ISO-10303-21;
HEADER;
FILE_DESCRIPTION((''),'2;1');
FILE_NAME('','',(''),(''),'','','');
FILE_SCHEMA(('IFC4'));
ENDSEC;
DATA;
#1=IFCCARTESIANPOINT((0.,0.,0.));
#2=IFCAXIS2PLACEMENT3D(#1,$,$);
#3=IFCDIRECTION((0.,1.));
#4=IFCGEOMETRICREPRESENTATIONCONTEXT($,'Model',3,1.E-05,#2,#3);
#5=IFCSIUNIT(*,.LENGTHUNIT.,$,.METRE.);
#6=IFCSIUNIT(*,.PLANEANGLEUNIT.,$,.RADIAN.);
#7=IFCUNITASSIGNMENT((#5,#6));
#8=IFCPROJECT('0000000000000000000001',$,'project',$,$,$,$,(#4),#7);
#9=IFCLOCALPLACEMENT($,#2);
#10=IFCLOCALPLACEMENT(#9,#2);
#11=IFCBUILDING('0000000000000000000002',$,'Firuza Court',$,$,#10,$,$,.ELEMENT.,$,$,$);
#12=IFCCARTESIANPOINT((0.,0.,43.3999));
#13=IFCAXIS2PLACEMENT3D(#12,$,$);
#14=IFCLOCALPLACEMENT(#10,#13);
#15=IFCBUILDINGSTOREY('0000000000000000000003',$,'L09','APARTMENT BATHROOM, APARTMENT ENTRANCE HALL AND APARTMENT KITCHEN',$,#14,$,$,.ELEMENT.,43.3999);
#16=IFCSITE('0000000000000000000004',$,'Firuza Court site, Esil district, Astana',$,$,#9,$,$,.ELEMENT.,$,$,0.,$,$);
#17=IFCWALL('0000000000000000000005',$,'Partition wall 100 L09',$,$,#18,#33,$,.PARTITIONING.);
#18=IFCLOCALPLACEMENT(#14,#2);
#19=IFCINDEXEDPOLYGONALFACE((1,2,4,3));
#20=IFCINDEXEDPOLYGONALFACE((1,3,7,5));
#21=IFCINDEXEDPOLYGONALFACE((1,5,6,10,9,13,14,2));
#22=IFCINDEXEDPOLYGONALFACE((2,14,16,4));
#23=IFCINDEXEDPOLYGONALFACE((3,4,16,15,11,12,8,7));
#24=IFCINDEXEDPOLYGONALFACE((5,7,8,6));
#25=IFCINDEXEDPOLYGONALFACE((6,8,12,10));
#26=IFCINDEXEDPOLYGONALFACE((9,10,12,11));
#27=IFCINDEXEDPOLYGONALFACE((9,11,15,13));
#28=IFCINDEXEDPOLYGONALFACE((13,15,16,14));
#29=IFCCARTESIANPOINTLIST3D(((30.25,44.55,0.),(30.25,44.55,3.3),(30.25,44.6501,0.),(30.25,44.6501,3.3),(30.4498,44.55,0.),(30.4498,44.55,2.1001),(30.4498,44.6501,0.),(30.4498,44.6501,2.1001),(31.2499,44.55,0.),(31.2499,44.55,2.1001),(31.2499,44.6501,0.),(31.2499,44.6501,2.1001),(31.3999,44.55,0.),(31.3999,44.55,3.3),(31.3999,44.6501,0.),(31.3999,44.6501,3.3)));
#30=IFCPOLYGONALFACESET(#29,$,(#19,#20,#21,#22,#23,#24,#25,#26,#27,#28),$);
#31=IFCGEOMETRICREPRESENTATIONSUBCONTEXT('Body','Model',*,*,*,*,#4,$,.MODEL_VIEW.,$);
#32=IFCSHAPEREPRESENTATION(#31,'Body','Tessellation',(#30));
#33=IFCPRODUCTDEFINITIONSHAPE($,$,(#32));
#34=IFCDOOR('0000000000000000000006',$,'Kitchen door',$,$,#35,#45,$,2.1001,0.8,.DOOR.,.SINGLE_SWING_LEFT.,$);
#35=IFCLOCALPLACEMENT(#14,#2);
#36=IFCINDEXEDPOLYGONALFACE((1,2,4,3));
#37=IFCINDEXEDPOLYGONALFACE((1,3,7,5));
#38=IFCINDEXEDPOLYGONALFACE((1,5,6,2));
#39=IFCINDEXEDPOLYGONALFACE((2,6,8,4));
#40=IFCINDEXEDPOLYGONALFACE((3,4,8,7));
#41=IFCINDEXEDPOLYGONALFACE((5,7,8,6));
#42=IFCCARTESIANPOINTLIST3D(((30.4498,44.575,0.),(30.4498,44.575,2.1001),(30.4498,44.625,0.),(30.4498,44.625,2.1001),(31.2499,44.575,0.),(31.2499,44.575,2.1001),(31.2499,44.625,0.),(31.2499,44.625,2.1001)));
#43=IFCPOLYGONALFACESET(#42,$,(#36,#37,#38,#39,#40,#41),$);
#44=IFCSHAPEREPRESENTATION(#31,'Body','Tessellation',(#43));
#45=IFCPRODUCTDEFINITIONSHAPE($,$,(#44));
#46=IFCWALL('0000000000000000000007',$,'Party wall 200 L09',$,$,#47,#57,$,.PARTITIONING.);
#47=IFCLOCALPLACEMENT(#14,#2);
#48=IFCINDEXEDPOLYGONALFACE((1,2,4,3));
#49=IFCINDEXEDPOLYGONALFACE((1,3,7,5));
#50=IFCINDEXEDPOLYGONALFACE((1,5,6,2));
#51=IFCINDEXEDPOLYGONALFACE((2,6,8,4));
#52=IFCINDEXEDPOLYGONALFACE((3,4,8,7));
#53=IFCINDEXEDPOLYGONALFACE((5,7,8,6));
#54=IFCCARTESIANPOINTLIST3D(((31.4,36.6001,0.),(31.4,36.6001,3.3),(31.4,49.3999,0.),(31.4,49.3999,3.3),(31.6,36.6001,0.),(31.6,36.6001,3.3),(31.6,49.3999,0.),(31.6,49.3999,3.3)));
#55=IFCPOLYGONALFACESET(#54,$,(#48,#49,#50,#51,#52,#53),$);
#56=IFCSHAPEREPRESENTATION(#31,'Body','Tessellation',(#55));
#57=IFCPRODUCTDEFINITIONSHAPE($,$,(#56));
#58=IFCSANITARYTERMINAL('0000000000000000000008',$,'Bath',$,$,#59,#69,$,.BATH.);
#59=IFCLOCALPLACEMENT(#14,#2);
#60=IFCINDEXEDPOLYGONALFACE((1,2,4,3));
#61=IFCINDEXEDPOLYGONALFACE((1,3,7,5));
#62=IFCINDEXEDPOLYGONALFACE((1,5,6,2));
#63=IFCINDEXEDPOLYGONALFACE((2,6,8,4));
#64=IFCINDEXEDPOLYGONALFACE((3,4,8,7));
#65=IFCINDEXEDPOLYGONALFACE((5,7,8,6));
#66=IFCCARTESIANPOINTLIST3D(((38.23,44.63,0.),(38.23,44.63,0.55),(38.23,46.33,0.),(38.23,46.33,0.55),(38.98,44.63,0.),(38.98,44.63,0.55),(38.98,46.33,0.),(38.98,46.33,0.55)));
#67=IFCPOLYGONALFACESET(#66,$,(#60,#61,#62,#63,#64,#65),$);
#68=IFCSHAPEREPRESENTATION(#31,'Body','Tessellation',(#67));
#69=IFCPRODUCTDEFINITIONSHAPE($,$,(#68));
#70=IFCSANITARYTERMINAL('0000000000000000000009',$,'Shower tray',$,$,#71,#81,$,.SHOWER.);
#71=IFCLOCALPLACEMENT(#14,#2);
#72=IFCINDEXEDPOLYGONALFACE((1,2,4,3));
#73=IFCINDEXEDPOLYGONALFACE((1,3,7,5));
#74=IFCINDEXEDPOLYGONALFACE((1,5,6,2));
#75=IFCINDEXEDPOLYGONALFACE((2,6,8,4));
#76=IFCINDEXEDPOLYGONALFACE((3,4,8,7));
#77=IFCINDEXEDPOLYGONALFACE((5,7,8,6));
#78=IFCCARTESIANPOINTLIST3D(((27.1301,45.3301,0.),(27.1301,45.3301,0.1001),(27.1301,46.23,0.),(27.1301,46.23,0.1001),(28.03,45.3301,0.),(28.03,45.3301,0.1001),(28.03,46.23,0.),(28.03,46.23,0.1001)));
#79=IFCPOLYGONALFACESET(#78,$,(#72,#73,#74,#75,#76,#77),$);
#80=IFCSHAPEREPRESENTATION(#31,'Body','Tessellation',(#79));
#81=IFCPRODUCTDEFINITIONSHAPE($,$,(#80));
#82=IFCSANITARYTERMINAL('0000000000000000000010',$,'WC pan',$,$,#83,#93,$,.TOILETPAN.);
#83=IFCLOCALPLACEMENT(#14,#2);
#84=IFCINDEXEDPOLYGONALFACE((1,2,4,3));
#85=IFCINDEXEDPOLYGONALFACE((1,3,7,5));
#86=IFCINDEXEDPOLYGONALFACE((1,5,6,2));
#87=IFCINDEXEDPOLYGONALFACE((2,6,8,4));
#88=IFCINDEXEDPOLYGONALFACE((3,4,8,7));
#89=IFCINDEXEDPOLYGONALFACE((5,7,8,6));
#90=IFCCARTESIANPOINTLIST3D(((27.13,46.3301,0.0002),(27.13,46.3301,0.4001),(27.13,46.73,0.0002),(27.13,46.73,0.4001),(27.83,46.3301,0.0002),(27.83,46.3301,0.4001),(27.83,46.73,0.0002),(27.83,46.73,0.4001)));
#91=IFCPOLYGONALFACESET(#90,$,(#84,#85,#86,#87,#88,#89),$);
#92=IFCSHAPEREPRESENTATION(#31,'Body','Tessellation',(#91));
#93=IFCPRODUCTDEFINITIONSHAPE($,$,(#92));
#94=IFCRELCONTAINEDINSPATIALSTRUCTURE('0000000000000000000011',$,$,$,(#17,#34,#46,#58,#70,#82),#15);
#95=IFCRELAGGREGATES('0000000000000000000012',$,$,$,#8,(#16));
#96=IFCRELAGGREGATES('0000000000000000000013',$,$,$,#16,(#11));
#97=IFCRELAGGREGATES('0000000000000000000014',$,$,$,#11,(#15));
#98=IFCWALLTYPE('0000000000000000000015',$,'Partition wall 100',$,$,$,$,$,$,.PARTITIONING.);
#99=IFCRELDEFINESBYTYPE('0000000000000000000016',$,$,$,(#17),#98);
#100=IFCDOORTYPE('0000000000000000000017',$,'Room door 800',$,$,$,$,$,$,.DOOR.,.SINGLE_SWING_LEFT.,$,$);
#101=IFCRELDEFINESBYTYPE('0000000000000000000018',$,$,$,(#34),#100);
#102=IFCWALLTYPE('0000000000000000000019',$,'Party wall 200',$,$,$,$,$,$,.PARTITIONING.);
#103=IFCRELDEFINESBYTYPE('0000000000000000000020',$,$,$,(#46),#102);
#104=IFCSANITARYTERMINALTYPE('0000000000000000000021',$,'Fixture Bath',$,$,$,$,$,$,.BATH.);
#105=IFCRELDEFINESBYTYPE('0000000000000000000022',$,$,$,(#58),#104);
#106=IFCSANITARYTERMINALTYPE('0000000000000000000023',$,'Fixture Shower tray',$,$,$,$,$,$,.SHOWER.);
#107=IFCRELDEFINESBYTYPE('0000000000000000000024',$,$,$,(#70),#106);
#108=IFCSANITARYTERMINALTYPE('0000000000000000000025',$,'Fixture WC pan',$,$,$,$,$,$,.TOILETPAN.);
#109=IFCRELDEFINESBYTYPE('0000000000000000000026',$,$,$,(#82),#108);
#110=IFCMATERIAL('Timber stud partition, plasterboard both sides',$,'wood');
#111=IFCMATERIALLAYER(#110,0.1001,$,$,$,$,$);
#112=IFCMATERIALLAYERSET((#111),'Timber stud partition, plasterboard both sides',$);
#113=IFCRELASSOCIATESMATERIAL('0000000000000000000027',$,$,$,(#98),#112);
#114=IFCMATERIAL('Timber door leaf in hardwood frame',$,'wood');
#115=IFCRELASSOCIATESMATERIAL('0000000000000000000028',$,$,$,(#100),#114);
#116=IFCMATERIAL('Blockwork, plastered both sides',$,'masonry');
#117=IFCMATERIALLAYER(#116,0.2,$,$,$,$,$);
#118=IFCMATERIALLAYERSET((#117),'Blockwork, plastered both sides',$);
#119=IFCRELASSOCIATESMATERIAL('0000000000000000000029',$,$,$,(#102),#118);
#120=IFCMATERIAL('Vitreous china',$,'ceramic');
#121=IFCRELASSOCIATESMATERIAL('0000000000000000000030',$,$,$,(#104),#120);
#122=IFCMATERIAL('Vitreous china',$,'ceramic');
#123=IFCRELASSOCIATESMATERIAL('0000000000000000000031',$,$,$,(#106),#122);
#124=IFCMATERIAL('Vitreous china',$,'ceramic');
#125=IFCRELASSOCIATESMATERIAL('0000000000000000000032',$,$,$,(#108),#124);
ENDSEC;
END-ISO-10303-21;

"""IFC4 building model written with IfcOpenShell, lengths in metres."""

from ifc_helpers import new_model, si_unit, direction, frame, frame_2d, origin, origin_2d, place, context, subcontext, project, spatial, rectangle, extrude, material, layer, layer_set, type_object, element, fill, save


model = new_model("IFC4")

# Units and contexts
model_context = context("Model", 3, precision=1e-05, world=origin(), true_north=direction((0.0, 1.0)))
body_context = subcontext(model_context, "Body", "Model", "MODEL_VIEW")
ifc_project = project(units=[si_unit("LENGTHUNIT", "METRE"), si_unit("PLANEANGLEUNIT", "RADIAN")], contexts=[model_context])

# Site, building, storey
site_placement = place(None, origin())
site = spatial("IfcSite", under=ifc_project, at=site_placement, Name="Firuza Court site, Esil district, Astana", CompositionType="ELEMENT", RefElevation=0.0)
building_placement = place(site_placement, origin())
building = spatial("IfcBuilding", under=site, at=building_placement, Name="Firuza Court", CompositionType="ELEMENT")
storey_placement = place(building_placement, frame((0.0, 0.0, 43.3999)))
storey = spatial("IfcBuildingStorey", under=building, at=storey_placement, Name="L09", Description="APARTMENT BATHROOM, APARTMENT ENTRANCE HALL AND APARTMENT KITCHEN", CompositionType="ELEMENT", Elevation=43.3999)

# Shared definitions
ifc_material_1 = material(Name="Timber stud partition, plasterboard both sides", Category="wood")
ifc_layer_1 = layer(ifc_material_1, 0.1001)
ifc_layer_set_1 = layer_set([ifc_layer_1], Name="Timber stud partition, plasterboard both sides")
wall_type_1 = type_object("IfcWallType", Name="Partition wall 100", PredefinedType="PARTITIONING", material=ifc_layer_set_1)

# Wall, opening, door
wall_1_placement = place(storey_placement, frame((30.25, 44.6001, 0.0), z_axis=(0.0, 0.0, 1.0), x_axis=(1.0, 0.0, 0.0)))
wall_1 = element("IfcWall", 1, at=wall_1_placement, inside=storey, type_object=wall_type_1, Name="Partition wall 100 L09", PredefinedType="PARTITIONING", context=body_context, shape_type="SweptSolid", body=[
    extrude(rectangle(XDim=1.1499, YDim=0.1001, at=frame_2d((0.575, 0.0))), origin(), (0.0, 0.0, 1.0), 3.3),
])
opening_1_placement = place(wall_1_placement, frame((0.2, 0.0, 0.0)))
opening_1 = element("IfcOpeningElement", 2, at=opening_1_placement, cuts=wall_1, PredefinedType="OPENING", context=body_context, shape_type="SweptSolid", body=[
    extrude(rectangle(XDim=0.8, YDim=2.1001, at=frame_2d((0.3999, 1.05))), frame((0.0, 0.062, 0.0), z_axis=(0.0, -1.0, 0.0), x_axis=(1.0, 0.0, 0.0)), (0.0, 0.0, 1.0), 0.124),
])
ifc_material_2 = material(Name="Timber door leaf in hardwood frame", Category="wood")
door_type_1 = type_object("IfcDoorType", Name="Room door 800", OperationType="SINGLE_SWING_LEFT", PredefinedType="DOOR", material=ifc_material_2)
door_1_placement = place(opening_1_placement, origin())
door_1 = element("IfcDoor", 3, at=door_1_placement, inside=storey, type_object=door_type_1, Name="Kitchen door", OperationType="SINGLE_SWING_LEFT", OverallHeight=2.1001, OverallWidth=0.8, PredefinedType="DOOR", context=body_context, shape_type="SweptSolid", body=[
    extrude(rectangle(XDim=0.8, YDim=2.1001, at=frame_2d((0.3999, 1.05))), frame((0.0, 0.0249, 0.0), z_axis=(0.0, -1.0, 0.0), x_axis=(1.0, 0.0, 0.0)), (0.0, 0.0, 1.0), 0.05),
])
fill(opening_1, door_1)

# Wall
ifc_material_3 = material(Name="Blockwork, plastered both sides", Category="masonry")
ifc_layer_2 = layer(ifc_material_3, 0.2)
ifc_layer_set_2 = layer_set([ifc_layer_2], Name="Blockwork, plastered both sides")
wall_type_2 = type_object("IfcWallType", Name="Party wall 200", PredefinedType="PARTITIONING", material=ifc_layer_set_2)
wall_2_placement = place(storey_placement, frame((31.5, 36.6001, 0.0), z_axis=(0.0, 0.0, 1.0), x_axis=(0.0, 1.0, 0.0)))
element("IfcWall", 4, at=wall_2_placement, inside=storey, type_object=wall_type_2, Name="Party wall 200 L09", PredefinedType="PARTITIONING", context=body_context, shape_type="SweptSolid", body=[
    extrude(rectangle(XDim=12.7998, YDim=0.2, at=frame_2d((6.3999, 0.0))), origin(), (0.0, 0.0, 1.0), 3.3),
])

# Sanitary terminals
ifc_material_4 = material(Name="Vitreous china", Category="ceramic")
sanitary_terminal_type_1 = type_object("IfcSanitaryTerminalType", Name="Fixture Bath", PredefinedType="BATH", material=ifc_material_4)
sanitary_terminal_1_placement = place(storey_placement, frame((38.605, 45.48, 0.0), z_axis=(0.0, 0.0, 1.0), x_axis=(1.0, 0.0, 0.0)))
element("IfcSanitaryTerminal", 5, at=sanitary_terminal_1_placement, inside=storey, type_object=sanitary_terminal_type_1, Name="Bath", PredefinedType="BATH", context=body_context, shape_type="SweptSolid", body=[
    extrude(rectangle(XDim=0.75, YDim=1.7, at=origin_2d()), origin(), (0.0, 0.0, 1.0), 0.55),
])
ifc_material_5 = material(Name="Vitreous china", Category="ceramic")
sanitary_terminal_type_2 = type_object("IfcSanitaryTerminalType", Name="Fixture Shower tray", PredefinedType="SHOWER", material=ifc_material_5)
sanitary_terminal_2_placement = place(storey_placement, frame((27.5801, 45.78, 0.0), z_axis=(0.0, 0.0, 1.0), x_axis=(1.0, 0.0, 0.0)))
element("IfcSanitaryTerminal", 6, at=sanitary_terminal_2_placement, inside=storey, type_object=sanitary_terminal_type_2, Name="Shower tray", PredefinedType="SHOWER", context=body_context, shape_type="SweptSolid", body=[
    extrude(rectangle(XDim=0.8999, YDim=0.8999, at=origin_2d()), origin(), (0.0, 0.0, 1.0), 0.1001),
])
ifc_material_6 = material(Name="Vitreous china", Category="ceramic")
sanitary_terminal_type_3 = type_object("IfcSanitaryTerminalType", Name="Fixture WC pan", PredefinedType="TOILETPAN", material=ifc_material_6)
sanitary_terminal_3_placement = place(storey_placement, frame((27.48, 46.53, 0.0002), z_axis=(0.0, 0.0, 1.0), x_axis=(1.0, 0.0, 0.0)))
element("IfcSanitaryTerminal", 7, at=sanitary_terminal_3_placement, inside=storey, type_object=sanitary_terminal_type_3, Name="WC pan", PredefinedType="TOILETPAN", context=body_context, shape_type="SweptSolid", body=[
    extrude(rectangle(XDim=0.7, YDim=0.3999, at=origin_2d()), origin(), (0.0, 0.0, 1.0), 0.3999),
])

save(model, "model.ifc")
